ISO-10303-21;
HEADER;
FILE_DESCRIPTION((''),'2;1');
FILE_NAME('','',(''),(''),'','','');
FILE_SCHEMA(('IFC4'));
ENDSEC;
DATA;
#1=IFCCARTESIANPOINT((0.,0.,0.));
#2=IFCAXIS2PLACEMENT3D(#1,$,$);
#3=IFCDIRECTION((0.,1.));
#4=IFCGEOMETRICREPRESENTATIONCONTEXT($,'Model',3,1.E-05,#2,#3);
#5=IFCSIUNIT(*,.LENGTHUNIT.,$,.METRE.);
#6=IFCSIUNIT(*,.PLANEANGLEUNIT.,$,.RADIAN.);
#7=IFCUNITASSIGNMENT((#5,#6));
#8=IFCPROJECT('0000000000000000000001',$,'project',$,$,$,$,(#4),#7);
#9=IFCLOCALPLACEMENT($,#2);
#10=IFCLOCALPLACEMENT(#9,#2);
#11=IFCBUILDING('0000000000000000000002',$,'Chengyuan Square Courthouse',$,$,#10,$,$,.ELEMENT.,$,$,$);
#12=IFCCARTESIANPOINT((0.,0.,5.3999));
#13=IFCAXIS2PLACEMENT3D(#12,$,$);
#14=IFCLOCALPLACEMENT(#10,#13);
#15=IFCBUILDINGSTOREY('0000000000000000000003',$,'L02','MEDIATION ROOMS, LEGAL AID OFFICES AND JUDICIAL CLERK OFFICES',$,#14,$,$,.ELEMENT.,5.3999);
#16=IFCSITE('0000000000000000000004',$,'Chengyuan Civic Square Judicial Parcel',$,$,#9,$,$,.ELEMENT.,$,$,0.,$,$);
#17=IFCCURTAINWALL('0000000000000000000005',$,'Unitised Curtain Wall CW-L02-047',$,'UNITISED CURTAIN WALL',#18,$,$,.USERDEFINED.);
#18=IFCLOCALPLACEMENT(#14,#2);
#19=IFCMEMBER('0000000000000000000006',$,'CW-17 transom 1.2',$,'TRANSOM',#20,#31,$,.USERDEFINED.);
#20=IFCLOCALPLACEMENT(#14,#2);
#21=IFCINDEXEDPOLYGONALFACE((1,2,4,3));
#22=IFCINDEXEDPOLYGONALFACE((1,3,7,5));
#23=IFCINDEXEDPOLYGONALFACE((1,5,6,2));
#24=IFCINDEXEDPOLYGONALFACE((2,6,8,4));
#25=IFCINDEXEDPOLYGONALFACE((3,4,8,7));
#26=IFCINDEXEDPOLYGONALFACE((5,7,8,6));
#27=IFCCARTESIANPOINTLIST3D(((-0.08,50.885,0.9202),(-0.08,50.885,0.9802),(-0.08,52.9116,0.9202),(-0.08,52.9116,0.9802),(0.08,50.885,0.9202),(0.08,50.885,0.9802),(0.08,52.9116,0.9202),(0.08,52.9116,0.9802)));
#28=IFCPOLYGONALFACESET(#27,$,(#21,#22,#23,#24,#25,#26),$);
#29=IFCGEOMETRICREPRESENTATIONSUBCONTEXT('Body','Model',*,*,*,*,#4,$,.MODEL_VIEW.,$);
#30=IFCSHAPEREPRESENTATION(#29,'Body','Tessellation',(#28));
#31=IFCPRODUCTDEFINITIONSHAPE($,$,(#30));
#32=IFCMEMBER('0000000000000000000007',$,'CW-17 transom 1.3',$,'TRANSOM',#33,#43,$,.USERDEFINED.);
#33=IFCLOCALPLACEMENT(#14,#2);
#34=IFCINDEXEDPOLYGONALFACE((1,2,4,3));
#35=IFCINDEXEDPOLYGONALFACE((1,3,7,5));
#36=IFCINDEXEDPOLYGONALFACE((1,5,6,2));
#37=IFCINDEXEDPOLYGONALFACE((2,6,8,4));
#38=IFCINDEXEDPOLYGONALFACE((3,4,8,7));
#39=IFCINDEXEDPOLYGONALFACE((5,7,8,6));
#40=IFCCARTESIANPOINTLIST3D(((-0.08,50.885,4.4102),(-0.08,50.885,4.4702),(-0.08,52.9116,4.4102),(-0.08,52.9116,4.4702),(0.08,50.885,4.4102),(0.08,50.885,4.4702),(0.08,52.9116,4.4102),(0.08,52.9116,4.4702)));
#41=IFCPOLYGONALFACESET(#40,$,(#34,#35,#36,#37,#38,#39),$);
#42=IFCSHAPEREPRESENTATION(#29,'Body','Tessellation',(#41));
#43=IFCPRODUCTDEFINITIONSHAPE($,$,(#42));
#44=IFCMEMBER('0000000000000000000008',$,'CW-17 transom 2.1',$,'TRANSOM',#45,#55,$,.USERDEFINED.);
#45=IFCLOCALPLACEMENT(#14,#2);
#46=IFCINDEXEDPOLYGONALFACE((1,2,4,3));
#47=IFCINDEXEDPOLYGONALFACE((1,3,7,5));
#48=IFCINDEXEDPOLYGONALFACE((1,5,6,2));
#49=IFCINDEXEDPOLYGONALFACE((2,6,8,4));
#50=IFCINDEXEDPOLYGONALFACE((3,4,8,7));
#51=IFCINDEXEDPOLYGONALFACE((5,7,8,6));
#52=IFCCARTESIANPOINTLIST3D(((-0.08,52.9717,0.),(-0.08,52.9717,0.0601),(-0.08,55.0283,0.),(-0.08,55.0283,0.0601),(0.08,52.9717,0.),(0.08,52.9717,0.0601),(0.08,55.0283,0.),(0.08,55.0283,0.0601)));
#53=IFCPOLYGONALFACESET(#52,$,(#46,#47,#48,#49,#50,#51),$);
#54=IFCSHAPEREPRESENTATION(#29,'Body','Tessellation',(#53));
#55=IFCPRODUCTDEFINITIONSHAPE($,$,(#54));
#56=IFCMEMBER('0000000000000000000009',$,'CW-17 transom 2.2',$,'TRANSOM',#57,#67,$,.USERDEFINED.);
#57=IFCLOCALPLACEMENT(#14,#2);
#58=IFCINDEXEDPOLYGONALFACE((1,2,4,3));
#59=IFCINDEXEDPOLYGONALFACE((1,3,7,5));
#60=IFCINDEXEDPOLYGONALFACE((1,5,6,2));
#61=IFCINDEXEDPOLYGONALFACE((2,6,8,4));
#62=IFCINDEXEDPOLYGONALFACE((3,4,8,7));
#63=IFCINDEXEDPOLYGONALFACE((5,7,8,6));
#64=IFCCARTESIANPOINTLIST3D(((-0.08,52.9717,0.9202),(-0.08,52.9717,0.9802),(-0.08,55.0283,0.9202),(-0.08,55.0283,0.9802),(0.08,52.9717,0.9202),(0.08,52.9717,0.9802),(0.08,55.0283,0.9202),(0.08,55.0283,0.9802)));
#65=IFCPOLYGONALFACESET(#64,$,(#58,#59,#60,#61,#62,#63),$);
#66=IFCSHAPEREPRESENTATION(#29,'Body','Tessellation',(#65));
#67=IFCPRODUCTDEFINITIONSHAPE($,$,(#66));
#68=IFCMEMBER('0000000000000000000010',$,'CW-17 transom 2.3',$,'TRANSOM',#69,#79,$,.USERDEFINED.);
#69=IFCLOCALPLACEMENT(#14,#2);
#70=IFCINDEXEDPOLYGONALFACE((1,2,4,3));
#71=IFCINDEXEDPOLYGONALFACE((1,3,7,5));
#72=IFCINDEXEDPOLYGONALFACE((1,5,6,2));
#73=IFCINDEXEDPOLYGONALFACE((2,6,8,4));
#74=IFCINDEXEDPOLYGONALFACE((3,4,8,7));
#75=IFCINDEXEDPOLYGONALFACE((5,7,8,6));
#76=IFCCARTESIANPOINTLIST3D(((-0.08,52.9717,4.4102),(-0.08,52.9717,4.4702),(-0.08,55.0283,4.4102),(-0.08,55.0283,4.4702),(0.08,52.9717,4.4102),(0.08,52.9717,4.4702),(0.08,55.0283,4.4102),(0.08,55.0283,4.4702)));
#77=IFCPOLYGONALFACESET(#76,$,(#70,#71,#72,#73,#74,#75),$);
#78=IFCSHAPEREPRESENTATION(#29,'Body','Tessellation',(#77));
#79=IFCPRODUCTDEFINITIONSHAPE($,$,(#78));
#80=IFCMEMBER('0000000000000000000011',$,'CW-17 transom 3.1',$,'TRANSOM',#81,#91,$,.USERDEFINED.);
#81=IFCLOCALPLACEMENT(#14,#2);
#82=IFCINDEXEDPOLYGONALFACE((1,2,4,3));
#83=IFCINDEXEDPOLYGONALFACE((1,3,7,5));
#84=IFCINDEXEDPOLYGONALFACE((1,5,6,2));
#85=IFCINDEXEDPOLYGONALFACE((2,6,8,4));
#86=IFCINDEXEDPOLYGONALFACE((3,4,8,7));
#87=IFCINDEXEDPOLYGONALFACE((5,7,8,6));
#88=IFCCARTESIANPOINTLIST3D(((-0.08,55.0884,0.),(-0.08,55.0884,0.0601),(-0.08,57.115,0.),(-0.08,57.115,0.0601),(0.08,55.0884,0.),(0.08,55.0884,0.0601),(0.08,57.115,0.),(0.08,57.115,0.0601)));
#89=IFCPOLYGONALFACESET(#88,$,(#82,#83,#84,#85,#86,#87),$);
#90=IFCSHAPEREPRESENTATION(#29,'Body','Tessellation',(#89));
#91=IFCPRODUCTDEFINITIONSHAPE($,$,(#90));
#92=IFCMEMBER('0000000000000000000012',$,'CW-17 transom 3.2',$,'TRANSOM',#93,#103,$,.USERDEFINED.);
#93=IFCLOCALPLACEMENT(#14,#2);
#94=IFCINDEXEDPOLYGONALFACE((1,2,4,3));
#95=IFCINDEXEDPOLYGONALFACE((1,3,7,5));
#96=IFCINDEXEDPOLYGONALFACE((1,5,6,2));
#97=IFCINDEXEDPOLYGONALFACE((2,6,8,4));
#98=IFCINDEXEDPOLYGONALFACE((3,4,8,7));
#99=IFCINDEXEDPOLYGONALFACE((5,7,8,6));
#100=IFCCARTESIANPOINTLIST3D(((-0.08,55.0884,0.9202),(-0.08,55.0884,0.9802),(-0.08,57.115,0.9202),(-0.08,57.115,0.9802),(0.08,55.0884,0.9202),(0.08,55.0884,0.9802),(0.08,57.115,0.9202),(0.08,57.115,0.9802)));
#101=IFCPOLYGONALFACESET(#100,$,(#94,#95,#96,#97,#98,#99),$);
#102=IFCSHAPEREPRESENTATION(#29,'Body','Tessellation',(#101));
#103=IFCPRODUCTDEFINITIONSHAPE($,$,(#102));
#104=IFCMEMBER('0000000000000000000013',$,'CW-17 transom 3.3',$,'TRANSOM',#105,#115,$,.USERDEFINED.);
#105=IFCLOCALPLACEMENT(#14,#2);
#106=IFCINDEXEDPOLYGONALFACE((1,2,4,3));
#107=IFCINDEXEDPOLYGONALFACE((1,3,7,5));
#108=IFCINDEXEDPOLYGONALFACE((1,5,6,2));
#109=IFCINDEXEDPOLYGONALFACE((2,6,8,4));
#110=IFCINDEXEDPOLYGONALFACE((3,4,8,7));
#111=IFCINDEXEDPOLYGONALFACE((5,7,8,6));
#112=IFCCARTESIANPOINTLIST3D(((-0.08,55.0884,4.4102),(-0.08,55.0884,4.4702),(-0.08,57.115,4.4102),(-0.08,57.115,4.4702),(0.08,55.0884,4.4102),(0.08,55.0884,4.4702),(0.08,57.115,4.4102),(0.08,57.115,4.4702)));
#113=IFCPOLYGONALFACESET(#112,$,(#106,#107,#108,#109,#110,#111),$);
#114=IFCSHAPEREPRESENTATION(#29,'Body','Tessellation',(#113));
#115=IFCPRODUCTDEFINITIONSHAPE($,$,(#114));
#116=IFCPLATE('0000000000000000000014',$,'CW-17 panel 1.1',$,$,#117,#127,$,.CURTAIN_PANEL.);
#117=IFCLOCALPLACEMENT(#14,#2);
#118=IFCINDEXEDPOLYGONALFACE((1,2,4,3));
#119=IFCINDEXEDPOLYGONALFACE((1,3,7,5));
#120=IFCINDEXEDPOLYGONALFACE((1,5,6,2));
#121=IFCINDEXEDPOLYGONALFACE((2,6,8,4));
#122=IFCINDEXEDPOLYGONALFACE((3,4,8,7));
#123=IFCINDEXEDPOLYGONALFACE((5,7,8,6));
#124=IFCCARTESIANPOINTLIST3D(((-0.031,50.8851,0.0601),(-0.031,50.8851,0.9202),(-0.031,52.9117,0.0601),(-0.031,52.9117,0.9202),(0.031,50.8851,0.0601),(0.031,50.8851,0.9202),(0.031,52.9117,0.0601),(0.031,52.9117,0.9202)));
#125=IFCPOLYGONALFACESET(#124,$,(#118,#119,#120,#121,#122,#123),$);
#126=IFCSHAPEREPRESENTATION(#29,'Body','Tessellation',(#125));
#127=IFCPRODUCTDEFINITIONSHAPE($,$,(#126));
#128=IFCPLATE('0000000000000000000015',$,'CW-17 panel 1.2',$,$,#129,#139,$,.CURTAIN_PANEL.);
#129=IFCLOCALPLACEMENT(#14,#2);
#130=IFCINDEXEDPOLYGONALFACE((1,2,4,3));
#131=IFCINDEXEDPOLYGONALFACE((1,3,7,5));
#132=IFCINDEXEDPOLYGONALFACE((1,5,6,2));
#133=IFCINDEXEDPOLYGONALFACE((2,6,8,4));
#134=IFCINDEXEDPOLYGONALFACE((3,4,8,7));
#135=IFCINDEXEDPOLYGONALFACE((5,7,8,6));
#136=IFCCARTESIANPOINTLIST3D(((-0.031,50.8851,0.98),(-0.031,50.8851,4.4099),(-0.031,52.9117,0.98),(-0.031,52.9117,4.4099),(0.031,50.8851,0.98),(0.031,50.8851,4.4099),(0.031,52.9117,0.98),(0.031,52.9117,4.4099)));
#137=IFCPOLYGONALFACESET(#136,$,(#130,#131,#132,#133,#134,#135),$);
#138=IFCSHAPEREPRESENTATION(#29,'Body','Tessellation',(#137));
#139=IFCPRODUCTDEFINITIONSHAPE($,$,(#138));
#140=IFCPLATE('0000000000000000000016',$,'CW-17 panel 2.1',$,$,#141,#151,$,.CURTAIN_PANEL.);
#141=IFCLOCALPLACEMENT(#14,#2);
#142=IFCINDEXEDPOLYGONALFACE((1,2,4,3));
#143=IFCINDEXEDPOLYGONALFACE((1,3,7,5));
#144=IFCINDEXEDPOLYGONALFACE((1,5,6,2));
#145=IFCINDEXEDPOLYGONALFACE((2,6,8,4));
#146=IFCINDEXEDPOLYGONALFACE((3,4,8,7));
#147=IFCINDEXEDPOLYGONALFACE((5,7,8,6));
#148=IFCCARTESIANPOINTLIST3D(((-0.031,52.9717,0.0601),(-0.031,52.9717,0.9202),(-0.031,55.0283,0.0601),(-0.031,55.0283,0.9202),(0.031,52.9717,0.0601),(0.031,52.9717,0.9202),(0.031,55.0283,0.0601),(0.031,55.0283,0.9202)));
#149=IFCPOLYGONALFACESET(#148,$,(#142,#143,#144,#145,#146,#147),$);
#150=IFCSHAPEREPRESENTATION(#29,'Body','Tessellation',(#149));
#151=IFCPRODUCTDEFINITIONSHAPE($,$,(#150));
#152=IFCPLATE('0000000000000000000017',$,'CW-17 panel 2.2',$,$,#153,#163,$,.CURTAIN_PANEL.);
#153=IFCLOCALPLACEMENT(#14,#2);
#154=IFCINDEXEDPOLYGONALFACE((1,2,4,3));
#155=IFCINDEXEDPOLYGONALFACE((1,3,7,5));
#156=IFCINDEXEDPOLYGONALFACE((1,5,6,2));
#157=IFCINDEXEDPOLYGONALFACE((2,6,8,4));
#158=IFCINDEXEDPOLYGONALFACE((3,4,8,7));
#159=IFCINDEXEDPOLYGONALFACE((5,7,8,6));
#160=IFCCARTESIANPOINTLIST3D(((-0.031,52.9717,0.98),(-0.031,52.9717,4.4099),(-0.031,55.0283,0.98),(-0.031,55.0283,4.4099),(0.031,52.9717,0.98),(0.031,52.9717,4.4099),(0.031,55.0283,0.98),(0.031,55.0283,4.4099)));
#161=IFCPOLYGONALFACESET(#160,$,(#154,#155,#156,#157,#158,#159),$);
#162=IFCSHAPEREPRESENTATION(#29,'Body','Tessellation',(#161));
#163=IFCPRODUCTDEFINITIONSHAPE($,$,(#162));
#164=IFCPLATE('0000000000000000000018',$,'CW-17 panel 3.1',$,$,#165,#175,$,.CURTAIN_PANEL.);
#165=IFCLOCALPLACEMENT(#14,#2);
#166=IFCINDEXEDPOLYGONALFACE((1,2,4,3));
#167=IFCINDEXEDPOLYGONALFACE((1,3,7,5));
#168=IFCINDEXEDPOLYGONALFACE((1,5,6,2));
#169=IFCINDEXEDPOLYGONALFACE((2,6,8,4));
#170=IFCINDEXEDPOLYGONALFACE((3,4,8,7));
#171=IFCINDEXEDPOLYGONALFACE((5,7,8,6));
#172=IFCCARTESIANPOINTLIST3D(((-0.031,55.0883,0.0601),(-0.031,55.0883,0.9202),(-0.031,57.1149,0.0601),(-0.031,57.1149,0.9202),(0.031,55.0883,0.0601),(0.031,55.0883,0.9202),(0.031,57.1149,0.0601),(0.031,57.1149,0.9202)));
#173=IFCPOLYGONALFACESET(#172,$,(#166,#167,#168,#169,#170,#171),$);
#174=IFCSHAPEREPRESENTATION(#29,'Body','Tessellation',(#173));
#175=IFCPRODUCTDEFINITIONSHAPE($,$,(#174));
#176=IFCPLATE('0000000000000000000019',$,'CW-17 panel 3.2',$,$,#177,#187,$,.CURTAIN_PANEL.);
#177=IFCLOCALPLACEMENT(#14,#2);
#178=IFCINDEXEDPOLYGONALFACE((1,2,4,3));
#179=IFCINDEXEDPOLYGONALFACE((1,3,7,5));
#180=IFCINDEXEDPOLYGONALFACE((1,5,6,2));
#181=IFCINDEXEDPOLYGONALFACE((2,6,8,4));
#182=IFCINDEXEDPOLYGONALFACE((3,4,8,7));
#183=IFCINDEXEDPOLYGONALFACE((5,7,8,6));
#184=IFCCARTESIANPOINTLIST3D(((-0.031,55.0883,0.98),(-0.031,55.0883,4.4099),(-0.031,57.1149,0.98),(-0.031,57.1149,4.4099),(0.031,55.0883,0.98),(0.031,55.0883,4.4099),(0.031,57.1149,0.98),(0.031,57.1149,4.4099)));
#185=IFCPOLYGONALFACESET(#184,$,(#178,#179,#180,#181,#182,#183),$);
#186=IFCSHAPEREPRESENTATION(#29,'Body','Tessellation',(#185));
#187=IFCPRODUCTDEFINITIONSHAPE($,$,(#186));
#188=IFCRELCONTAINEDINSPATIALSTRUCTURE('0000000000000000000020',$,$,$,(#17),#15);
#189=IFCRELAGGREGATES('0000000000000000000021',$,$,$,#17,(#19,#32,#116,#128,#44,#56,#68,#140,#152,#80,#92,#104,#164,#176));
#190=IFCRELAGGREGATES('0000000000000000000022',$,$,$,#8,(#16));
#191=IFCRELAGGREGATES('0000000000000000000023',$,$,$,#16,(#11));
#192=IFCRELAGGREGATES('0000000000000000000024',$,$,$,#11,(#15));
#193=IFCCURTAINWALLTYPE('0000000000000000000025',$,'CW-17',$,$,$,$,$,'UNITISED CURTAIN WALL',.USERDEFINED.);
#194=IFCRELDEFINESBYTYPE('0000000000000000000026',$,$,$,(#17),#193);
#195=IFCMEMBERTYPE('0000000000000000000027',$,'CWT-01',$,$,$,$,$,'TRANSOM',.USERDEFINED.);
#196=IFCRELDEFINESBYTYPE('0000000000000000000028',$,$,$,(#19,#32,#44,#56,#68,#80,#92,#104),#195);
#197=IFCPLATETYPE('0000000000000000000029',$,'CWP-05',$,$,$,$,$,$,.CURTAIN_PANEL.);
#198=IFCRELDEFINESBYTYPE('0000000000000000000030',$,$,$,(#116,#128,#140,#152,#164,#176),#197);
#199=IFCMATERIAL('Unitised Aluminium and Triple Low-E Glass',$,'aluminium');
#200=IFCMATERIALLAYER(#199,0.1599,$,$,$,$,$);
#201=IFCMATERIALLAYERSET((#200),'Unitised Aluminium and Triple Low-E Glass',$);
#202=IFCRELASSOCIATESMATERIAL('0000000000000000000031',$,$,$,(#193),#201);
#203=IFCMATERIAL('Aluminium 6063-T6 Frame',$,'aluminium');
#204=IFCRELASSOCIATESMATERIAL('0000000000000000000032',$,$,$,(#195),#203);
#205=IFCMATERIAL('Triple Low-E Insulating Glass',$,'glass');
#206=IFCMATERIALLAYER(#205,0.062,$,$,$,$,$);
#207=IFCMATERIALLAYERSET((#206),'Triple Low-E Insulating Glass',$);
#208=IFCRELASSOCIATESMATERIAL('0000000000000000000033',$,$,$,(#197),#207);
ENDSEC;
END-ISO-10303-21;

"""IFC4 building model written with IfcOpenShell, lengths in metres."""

from ifc_helpers import new_model, si_unit, direction, frame, origin, origin_2d, place, context, subcontext, project, spatial, rectangle, extrude, material, layer, layer_set, material_profile, profile_set, type_object, element, aggregate, save


model = new_model("IFC4")

# Units and contexts
model_context = context("Model", 3, precision=1e-05, world=origin(), true_north=direction((0.0, 1.0)))
body_context = subcontext(model_context, "Body", "Model", "MODEL_VIEW")
ifc_project = project(units=[si_unit("LENGTHUNIT", "METRE"), si_unit("PLANEANGLEUNIT", "RADIAN")], contexts=[model_context])

# Site, building, storey
site_placement = place(None, origin())
site = spatial("IfcSite", under=ifc_project, at=site_placement, Name="Chengyuan Civic Square Judicial Parcel", CompositionType="ELEMENT", RefElevation=0.0)
building_placement = place(site_placement, origin())
building = spatial("IfcBuilding", under=site, at=building_placement, Name="Chengyuan Square Courthouse", CompositionType="ELEMENT")
storey_placement = place(building_placement, frame((0.0, 0.0, 5.3999)))
storey = spatial("IfcBuildingStorey", under=building, at=storey_placement, Name="L02", Description="MEDIATION ROOMS, LEGAL AID OFFICES AND JUDICIAL CLERK OFFICES", CompositionType="ELEMENT", Elevation=5.3999)

# Curtain wall, members, plates
ifc_material_1 = material(Name="Unitised Aluminium and Triple Low-E Glass", Category="aluminium")
ifc_layer_1 = layer(ifc_material_1, 0.1599)
ifc_layer_set_1 = layer_set([ifc_layer_1], Name="Unitised Aluminium and Triple Low-E Glass")
curtain_wall_type = type_object("IfcCurtainWallType", Name="CW-17", ElementType="UNITISED CURTAIN WALL", PredefinedType="USERDEFINED", material=ifc_layer_set_1)
curtain_wall_placement = place(storey_placement, origin())
curtain_wall = element("IfcCurtainWall", 1, at=curtain_wall_placement, inside=storey, type_object=curtain_wall_type, Name="Unitised Curtain Wall CW-L02-047", ObjectType="UNITISED CURTAIN WALL", PredefinedType="USERDEFINED")
ifc_material_2 = material(Name="Aluminium 6063-T6 Frame", Category="aluminium")
ifc_material_profile_1 = material_profile(ifc_material_2, rectangle(XDim=0.1599, YDim=0.0601, at=origin_2d()), Name="CW-TRN-60x120")
ifc_profile_set_1 = profile_set([ifc_material_profile_1], Name="Aluminium 6063-T6 Frame")
member_type_1 = type_object("IfcMemberType", Name="CWT-01", ElementType="TRANSOM", PredefinedType="USERDEFINED", material=ifc_profile_set_1)
member_1_placement = place(storey_placement, frame((0.0, 50.885, 0.9502), z_axis=(0.0, 1.0, 0.0), x_axis=(-1.0, 0.0, 0.0)))
member_1 = element("IfcMember", 2, at=member_1_placement, type_object=member_type_1, Name="CW-17 transom 1.2", ObjectType="TRANSOM", PredefinedType="USERDEFINED", context=body_context, shape_type="SweptSolid", body=[
    extrude(rectangle(XDim=0.1599, YDim=0.0601, at=origin_2d()), origin(), (0.0, 0.0, 1.0), 2.0266),
])
member_2_placement = place(storey_placement, frame((0.0, 50.885, 4.4402), z_axis=(0.0, 1.0, 0.0), x_axis=(-1.0, 0.0, 0.0)))
member_2 = element("IfcMember", 3, at=member_2_placement, type_object=member_type_1, Name="CW-17 transom 1.3", ObjectType="TRANSOM", PredefinedType="USERDEFINED", context=body_context, shape_type="SweptSolid", body=[
    extrude(rectangle(XDim=0.1599, YDim=0.0601, at=origin_2d()), origin(), (0.0, 0.0, 1.0), 2.0266),
])
member_3_placement = place(storey_placement, frame((0.0, 52.9717, 0.03), z_axis=(0.0, 1.0, 0.0), x_axis=(-1.0, 0.0, 0.0)))
member_3 = element("IfcMember", 4, at=member_3_placement, type_object=member_type_1, Name="CW-17 transom 2.1", ObjectType="TRANSOM", PredefinedType="USERDEFINED", context=body_context, shape_type="SweptSolid", body=[
    extrude(rectangle(XDim=0.1599, YDim=0.0601, at=origin_2d()), origin(), (0.0, 0.0, 1.0), 2.0566),
])
member_4_placement = place(storey_placement, frame((0.0, 52.9717, 0.9502), z_axis=(0.0, 1.0, 0.0), x_axis=(-1.0, 0.0, 0.0)))
member_4 = element("IfcMember", 5, at=member_4_placement, type_object=member_type_1, Name="CW-17 transom 2.2", ObjectType="TRANSOM", PredefinedType="USERDEFINED", context=body_context, shape_type="SweptSolid", body=[
    extrude(rectangle(XDim=0.1599, YDim=0.0601, at=origin_2d()), origin(), (0.0, 0.0, 1.0), 2.0566),
])
member_5_placement = place(storey_placement, frame((0.0, 52.9717, 4.4402), z_axis=(0.0, 1.0, 0.0), x_axis=(-1.0, 0.0, 0.0)))
member_5 = element("IfcMember", 6, at=member_5_placement, type_object=member_type_1, Name="CW-17 transom 2.3", ObjectType="TRANSOM", PredefinedType="USERDEFINED", context=body_context, shape_type="SweptSolid", body=[
    extrude(rectangle(XDim=0.1599, YDim=0.0601, at=origin_2d()), origin(), (0.0, 0.0, 1.0), 2.0566),
])
member_6_placement = place(storey_placement, frame((0.0, 55.0884, 0.03), z_axis=(0.0, 1.0, 0.0), x_axis=(-1.0, 0.0, 0.0)))
member_6 = element("IfcMember", 7, at=member_6_placement, type_object=member_type_1, Name="CW-17 transom 3.1", ObjectType="TRANSOM", PredefinedType="USERDEFINED", context=body_context, shape_type="SweptSolid", body=[
    extrude(rectangle(XDim=0.1599, YDim=0.0601, at=origin_2d()), origin(), (0.0, 0.0, 1.0), 2.0266),
])
member_7_placement = place(storey_placement, frame((0.0, 55.0884, 0.9502), z_axis=(0.0, 1.0, 0.0), x_axis=(-1.0, 0.0, 0.0)))
member_7 = element("IfcMember", 8, at=member_7_placement, type_object=member_type_1, Name="CW-17 transom 3.2", ObjectType="TRANSOM", PredefinedType="USERDEFINED", context=body_context, shape_type="SweptSolid", body=[
    extrude(rectangle(XDim=0.1599, YDim=0.0601, at=origin_2d()), origin(), (0.0, 0.0, 1.0), 2.0266),
])
member_8_placement = place(storey_placement, frame((0.0, 55.0884, 4.4402), z_axis=(0.0, 1.0, 0.0), x_axis=(-1.0, 0.0, 0.0)))
member_8 = element("IfcMember", 9, at=member_8_placement, type_object=member_type_1, Name="CW-17 transom 3.3", ObjectType="TRANSOM", PredefinedType="USERDEFINED", context=body_context, shape_type="SweptSolid", body=[
    extrude(rectangle(XDim=0.1599, YDim=0.0601, at=origin_2d()), origin(), (0.0, 0.0, 1.0), 2.0266),
])
ifc_material_3 = material(Name="Triple Low-E Insulating Glass", Category="glass")
ifc_layer_2 = layer(ifc_material_3, 0.062)
ifc_layer_set_2 = layer_set([ifc_layer_2], Name="Triple Low-E Insulating Glass")
plate_type = type_object("IfcPlateType", Name="CWP-05", PredefinedType="CURTAIN_PANEL", material=ifc_layer_set_2)
plate_1_placement = place(storey_placement, frame((0.0, 51.8984, 0.0601), z_axis=(0.0, 0.0, 1.0), x_axis=(0.0, 1.0, 0.0)))
plate_1 = element("IfcPlate", 10, at=plate_1_placement, type_object=plate_type, Name="CW-17 panel 1.1", PredefinedType="CURTAIN_PANEL", context=body_context, shape_type="SweptSolid", body=[
    extrude(rectangle(XDim=2.0266, YDim=0.062, at=origin_2d()), origin(), (0.0, 0.0, 1.0), 0.8601),
])
plate_2_placement = place(storey_placement, frame((0.0, 51.8984, 0.98), z_axis=(0.0, 0.0, 1.0), x_axis=(0.0, 1.0, 0.0)))
plate_2 = element("IfcPlate", 11, at=plate_2_placement, type_object=plate_type, Name="CW-17 panel 1.2", PredefinedType="CURTAIN_PANEL", context=body_context, shape_type="SweptSolid", body=[
    extrude(rectangle(XDim=2.0266, YDim=0.062, at=origin_2d()), origin(), (0.0, 0.0, 1.0), 3.4299),
])
plate_3_placement = place(storey_placement, frame((0.0, 54.0, 0.0601), z_axis=(0.0, 0.0, 1.0), x_axis=(0.0, 1.0, 0.0)))
plate_3 = element("IfcPlate", 12, at=plate_3_placement, type_object=plate_type, Name="CW-17 panel 2.1", PredefinedType="CURTAIN_PANEL", context=body_context, shape_type="SweptSolid", body=[
    extrude(rectangle(XDim=2.0566, YDim=0.062, at=origin_2d()), origin(), (0.0, 0.0, 1.0), 0.8601),
])
plate_4_placement = place(storey_placement, frame((0.0, 54.0, 0.98), z_axis=(0.0, 0.0, 1.0), x_axis=(0.0, 1.0, 0.0)))
plate_4 = element("IfcPlate", 13, at=plate_4_placement, type_object=plate_type, Name="CW-17 panel 2.2", PredefinedType="CURTAIN_PANEL", context=body_context, shape_type="SweptSolid", body=[
    extrude(rectangle(XDim=2.0566, YDim=0.062, at=origin_2d()), origin(), (0.0, 0.0, 1.0), 3.4299),
])
plate_5_placement = place(storey_placement, frame((0.0, 56.1016, 0.0601), z_axis=(0.0, 0.0, 1.0), x_axis=(0.0, 1.0, 0.0)))
plate_5 = element("IfcPlate", 14, at=plate_5_placement, type_object=plate_type, Name="CW-17 panel 3.1", PredefinedType="CURTAIN_PANEL", context=body_context, shape_type="SweptSolid", body=[
    extrude(rectangle(XDim=2.0266, YDim=0.062, at=origin_2d()), origin(), (0.0, 0.0, 1.0), 0.8601),
])
plate_6_placement = place(storey_placement, frame((0.0, 56.1016, 0.98), z_axis=(0.0, 0.0, 1.0), x_axis=(0.0, 1.0, 0.0)))
plate_6 = element("IfcPlate", 15, at=plate_6_placement, type_object=plate_type, Name="CW-17 panel 3.2", PredefinedType="CURTAIN_PANEL", context=body_context, shape_type="SweptSolid", body=[
    extrude(rectangle(XDim=2.0266, YDim=0.062, at=origin_2d()), origin(), (0.0, 0.0, 1.0), 3.4299),
])
aggregate(curtain_wall, [member_1, member_2, plate_1, plate_2, member_3, member_4, member_5, plate_3, plate_4, member_6, member_7, member_8, plate_5, plate_6])

save(model, "model.ifc")
